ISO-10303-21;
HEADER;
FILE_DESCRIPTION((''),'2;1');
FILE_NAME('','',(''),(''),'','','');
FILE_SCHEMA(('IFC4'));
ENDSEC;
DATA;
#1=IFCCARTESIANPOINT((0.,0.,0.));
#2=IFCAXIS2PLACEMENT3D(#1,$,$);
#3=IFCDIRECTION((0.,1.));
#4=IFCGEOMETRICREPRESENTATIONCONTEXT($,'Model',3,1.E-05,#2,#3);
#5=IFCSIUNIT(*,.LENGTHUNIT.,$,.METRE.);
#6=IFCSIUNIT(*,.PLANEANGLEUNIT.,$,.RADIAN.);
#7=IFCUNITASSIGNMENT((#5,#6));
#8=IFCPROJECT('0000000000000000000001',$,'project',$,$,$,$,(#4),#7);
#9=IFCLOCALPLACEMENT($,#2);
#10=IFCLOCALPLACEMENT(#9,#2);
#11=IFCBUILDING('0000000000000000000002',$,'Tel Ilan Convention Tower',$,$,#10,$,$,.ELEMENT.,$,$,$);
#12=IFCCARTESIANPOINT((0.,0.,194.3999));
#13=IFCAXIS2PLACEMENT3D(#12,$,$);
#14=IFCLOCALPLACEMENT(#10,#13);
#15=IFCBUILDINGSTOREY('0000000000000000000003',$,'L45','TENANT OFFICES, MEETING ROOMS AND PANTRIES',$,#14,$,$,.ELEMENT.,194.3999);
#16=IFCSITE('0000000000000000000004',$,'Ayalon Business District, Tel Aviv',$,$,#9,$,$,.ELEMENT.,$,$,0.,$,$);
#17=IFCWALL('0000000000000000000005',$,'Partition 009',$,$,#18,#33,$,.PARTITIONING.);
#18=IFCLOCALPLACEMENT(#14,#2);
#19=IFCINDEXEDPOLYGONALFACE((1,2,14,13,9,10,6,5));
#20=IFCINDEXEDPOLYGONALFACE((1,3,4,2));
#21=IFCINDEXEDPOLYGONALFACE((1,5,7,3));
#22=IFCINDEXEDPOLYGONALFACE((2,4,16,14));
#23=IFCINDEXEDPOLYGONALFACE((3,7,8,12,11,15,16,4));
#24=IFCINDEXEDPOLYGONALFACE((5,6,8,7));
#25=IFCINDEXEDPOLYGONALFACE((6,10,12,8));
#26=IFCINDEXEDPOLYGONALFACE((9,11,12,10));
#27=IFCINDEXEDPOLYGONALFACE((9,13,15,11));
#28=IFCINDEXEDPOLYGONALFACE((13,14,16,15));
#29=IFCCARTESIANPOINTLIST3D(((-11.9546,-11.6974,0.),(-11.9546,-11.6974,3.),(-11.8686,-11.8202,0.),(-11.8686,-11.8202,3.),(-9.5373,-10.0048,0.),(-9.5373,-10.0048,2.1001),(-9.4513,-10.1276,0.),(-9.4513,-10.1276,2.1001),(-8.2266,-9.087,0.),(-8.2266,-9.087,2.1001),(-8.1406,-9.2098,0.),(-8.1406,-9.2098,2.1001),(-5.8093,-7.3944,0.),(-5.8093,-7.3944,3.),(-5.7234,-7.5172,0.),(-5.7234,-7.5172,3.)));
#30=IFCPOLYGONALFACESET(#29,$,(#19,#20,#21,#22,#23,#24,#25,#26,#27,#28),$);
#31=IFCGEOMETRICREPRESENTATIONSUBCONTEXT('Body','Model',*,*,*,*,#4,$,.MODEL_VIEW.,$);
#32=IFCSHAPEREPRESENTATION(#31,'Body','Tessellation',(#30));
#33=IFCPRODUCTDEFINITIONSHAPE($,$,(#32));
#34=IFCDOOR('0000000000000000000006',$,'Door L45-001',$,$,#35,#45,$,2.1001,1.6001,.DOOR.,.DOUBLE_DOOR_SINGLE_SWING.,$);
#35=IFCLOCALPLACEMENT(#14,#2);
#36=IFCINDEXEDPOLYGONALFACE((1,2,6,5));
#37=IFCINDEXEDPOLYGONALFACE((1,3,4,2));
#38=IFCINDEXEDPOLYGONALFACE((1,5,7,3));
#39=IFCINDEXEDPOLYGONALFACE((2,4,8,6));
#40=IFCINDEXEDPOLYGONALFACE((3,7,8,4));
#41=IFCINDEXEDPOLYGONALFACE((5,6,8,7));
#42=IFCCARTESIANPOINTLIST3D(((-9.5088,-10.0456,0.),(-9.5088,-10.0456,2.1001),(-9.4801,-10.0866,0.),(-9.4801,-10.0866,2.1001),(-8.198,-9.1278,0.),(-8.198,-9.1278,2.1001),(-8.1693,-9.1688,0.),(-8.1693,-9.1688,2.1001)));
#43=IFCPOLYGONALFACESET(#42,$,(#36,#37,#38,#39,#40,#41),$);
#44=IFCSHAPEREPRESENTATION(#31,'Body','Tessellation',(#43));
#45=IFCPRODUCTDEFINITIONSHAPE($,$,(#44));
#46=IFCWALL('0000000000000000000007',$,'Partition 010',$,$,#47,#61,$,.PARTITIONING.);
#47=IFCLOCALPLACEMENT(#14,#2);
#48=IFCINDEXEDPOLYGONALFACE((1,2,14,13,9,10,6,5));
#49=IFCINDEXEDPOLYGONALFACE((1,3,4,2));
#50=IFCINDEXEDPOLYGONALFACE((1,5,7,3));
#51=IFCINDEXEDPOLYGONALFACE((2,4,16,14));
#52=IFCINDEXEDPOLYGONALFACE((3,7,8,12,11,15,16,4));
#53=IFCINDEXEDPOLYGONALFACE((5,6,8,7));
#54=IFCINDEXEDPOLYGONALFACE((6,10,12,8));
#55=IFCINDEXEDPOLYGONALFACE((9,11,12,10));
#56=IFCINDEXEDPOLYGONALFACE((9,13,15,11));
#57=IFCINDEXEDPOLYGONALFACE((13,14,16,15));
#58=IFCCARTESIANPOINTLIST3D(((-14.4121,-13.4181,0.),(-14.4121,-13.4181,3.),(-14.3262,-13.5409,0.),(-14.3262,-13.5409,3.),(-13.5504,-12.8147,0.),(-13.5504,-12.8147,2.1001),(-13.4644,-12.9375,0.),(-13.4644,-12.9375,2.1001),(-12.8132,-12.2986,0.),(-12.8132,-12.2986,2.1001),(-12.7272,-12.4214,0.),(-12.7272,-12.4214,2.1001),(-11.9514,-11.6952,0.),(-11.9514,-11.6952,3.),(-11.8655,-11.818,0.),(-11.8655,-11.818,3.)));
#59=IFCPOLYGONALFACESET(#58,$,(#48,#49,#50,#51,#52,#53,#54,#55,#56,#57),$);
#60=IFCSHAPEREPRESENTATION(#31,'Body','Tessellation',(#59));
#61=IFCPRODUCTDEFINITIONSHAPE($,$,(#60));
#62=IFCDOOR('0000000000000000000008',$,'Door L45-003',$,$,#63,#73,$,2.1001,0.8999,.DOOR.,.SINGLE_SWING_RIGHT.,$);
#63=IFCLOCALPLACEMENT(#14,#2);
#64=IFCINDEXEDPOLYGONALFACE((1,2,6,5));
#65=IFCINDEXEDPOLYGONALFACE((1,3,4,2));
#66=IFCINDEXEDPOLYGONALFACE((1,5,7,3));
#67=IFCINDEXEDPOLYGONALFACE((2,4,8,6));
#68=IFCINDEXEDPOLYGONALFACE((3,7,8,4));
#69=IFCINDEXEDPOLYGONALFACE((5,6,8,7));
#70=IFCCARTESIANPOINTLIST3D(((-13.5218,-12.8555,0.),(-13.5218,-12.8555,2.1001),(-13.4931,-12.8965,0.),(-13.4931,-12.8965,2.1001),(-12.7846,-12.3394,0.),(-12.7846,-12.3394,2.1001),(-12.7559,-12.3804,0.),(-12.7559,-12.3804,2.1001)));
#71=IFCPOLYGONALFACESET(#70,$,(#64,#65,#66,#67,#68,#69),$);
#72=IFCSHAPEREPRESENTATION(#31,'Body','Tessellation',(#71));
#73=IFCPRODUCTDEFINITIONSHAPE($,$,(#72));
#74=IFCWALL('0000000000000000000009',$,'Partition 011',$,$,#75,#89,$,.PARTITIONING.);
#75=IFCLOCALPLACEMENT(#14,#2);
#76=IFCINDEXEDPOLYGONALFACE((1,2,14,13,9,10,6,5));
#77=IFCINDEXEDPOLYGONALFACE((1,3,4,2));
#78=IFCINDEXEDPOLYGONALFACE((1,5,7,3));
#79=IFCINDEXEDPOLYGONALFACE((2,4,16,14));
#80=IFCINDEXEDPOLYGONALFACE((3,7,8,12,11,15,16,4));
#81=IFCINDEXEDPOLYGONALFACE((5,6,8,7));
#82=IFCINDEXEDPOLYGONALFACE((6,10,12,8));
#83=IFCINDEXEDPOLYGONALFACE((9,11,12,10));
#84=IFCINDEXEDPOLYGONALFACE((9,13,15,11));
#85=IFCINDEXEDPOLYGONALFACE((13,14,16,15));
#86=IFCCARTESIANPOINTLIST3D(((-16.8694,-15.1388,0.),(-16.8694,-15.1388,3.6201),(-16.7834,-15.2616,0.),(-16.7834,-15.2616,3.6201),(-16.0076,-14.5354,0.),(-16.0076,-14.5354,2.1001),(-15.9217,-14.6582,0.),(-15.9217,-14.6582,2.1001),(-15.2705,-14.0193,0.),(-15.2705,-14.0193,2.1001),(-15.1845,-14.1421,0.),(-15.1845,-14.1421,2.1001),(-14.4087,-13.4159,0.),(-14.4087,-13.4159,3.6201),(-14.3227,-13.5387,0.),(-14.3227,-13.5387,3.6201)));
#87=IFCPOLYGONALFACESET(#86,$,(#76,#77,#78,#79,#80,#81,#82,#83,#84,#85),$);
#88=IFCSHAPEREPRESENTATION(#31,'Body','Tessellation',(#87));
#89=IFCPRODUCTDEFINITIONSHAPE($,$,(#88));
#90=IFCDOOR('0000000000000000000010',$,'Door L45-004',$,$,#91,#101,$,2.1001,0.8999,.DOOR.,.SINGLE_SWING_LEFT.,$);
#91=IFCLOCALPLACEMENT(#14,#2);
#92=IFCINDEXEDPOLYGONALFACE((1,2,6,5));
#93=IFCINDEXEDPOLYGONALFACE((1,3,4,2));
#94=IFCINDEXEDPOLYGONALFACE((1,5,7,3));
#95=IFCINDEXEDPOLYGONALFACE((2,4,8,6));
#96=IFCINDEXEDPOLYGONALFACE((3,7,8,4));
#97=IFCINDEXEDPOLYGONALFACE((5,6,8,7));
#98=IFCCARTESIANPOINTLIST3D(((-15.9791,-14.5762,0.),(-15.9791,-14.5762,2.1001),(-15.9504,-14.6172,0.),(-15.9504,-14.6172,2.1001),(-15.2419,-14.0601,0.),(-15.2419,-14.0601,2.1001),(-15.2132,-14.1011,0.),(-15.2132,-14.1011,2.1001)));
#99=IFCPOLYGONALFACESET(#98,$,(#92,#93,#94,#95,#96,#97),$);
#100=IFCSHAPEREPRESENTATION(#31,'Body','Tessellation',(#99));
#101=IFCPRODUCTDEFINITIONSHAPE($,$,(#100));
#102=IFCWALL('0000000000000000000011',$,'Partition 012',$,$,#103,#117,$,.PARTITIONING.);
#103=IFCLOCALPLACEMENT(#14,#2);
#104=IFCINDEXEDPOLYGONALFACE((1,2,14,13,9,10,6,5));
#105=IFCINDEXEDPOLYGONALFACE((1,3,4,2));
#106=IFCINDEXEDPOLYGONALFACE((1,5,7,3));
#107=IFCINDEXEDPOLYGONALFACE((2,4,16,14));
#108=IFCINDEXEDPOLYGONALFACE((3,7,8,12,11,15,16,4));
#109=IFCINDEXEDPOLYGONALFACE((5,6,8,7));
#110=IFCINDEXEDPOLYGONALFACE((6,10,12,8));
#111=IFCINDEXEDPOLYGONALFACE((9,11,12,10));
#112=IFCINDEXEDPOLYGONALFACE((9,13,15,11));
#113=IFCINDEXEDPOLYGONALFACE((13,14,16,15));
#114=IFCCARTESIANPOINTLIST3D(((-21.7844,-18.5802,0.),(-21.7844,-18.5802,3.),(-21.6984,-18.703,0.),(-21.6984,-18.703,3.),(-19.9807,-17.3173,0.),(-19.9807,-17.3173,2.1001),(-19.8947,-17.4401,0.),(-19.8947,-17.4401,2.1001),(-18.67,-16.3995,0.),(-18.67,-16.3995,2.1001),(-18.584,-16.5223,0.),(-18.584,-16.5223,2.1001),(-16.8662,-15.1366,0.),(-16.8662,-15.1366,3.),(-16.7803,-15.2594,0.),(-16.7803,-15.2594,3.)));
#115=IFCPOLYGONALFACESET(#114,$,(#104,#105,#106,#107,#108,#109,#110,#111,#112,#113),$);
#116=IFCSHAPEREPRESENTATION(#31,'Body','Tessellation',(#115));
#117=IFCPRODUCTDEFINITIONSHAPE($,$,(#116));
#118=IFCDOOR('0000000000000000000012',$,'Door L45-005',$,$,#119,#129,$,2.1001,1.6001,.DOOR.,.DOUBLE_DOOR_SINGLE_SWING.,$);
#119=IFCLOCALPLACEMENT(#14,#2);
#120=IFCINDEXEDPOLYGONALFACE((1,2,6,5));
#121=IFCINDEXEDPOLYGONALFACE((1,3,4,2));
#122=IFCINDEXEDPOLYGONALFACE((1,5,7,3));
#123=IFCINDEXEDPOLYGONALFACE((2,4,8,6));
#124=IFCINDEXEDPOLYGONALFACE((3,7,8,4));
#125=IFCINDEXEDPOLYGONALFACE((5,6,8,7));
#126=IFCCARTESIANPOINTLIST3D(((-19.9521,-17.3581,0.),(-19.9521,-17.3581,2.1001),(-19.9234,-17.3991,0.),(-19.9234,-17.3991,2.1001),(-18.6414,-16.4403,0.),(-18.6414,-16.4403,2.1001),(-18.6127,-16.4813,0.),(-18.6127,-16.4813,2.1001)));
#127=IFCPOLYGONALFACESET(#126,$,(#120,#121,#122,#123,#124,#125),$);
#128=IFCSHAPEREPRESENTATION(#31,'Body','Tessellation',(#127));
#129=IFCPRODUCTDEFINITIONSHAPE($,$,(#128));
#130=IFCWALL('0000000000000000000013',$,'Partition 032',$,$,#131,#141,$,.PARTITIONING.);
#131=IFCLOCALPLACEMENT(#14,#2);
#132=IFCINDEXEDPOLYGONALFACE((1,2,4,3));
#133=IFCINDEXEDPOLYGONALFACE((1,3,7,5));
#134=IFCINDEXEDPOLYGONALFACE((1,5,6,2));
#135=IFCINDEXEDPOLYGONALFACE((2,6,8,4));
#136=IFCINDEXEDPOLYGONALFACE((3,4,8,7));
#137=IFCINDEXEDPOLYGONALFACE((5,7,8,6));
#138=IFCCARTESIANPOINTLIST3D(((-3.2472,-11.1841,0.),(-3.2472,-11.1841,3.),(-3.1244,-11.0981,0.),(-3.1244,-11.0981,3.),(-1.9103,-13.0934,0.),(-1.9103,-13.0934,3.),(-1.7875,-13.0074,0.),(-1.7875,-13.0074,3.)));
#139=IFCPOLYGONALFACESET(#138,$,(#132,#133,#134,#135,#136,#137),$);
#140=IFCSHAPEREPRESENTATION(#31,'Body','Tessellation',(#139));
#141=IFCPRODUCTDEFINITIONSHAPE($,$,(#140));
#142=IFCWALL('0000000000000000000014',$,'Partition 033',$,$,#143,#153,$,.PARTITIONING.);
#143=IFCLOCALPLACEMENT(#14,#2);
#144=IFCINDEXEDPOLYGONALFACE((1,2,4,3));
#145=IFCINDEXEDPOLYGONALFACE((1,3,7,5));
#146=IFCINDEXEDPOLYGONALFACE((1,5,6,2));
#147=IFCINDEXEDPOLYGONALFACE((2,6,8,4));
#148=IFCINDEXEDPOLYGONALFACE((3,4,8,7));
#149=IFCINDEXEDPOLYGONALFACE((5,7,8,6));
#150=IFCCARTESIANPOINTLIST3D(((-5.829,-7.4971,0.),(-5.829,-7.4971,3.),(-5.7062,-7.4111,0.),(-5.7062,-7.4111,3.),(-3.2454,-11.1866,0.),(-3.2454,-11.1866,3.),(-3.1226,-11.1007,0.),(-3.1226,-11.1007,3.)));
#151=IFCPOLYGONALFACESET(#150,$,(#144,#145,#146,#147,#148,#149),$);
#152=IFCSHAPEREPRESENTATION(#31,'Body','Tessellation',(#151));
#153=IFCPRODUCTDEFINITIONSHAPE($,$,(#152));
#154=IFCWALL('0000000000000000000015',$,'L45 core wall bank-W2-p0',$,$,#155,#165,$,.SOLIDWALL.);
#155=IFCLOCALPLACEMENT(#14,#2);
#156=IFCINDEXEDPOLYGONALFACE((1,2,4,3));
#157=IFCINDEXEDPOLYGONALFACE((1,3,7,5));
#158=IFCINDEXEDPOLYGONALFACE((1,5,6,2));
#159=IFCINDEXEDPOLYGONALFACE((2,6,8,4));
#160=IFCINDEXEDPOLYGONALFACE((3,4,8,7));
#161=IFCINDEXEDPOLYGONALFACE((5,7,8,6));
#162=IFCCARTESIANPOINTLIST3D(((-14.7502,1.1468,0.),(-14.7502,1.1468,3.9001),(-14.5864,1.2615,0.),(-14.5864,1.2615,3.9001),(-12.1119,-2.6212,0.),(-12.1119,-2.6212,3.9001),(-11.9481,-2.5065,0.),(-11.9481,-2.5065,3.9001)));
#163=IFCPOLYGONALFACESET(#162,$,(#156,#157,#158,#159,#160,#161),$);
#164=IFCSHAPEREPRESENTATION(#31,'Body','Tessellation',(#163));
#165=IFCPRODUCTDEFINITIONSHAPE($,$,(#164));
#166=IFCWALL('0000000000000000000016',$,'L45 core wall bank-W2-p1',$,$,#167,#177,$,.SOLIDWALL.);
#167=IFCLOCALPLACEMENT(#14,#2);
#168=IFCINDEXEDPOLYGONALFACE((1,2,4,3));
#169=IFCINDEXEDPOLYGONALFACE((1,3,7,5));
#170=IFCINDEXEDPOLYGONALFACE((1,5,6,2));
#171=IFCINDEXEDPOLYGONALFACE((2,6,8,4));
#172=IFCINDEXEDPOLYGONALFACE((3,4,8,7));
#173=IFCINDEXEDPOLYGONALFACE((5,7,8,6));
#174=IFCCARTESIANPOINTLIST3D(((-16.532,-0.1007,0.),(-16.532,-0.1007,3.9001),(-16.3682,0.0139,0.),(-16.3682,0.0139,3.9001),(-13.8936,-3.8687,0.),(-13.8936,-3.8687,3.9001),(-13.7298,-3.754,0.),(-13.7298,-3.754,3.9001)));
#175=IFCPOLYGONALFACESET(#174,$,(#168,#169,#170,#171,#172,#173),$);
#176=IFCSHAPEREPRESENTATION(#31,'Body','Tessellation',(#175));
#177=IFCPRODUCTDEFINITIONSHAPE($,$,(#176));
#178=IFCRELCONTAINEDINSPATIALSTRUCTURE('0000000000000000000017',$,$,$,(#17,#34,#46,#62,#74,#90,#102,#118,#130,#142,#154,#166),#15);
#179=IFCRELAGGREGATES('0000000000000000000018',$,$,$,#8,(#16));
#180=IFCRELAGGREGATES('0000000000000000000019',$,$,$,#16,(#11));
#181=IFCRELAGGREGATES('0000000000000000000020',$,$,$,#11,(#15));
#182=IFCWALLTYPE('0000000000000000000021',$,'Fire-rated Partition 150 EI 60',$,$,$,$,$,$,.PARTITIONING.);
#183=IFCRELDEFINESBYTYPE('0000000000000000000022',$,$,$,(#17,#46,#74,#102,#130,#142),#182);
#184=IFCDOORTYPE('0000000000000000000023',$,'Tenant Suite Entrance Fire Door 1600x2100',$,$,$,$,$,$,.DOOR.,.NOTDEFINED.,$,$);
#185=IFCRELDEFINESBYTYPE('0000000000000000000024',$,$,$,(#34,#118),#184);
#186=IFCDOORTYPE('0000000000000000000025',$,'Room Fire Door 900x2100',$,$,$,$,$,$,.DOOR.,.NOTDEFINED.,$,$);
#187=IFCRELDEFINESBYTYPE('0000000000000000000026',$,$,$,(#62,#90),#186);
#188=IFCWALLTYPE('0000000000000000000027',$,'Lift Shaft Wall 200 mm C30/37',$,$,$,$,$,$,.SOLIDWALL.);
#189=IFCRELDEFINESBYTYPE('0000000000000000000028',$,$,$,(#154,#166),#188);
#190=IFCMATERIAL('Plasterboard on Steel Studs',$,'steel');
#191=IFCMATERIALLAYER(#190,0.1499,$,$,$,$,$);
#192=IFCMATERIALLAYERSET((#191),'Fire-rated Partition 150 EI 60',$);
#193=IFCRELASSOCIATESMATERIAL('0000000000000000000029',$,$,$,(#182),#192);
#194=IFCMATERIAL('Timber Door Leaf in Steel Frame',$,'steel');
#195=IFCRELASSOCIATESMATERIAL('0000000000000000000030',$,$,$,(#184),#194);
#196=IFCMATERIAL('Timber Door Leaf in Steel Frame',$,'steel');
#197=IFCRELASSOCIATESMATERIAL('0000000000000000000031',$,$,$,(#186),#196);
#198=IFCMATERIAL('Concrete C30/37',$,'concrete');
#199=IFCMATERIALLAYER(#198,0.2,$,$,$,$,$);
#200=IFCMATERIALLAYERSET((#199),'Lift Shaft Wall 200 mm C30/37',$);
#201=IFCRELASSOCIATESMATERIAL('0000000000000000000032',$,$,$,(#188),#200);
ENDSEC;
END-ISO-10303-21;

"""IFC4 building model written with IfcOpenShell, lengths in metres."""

from ifc_helpers import new_model, si_unit, direction, frame, frame_2d, origin, place, context, subcontext, project, spatial, rectangle, extrude, material, layer, layer_set, type_object, element, fill, save


model = new_model("IFC4")

# Units and contexts
model_context = context("Model", 3, precision=1e-05, world=origin(), true_north=direction((0.0, 1.0)))
body_context = subcontext(model_context, "Body", "Model", "MODEL_VIEW")
ifc_project = project(units=[si_unit("LENGTHUNIT", "METRE"), si_unit("PLANEANGLEUNIT", "RADIAN")], contexts=[model_context])

# Site, building, storey
site_placement = place(None, origin())
site = spatial("IfcSite", under=ifc_project, at=site_placement, Name="Ayalon Business District, Tel Aviv", CompositionType="ELEMENT", RefElevation=0.0)
building_placement = place(site_placement, origin())
building = spatial("IfcBuilding", under=site, at=building_placement, Name="Tel Ilan Convention Tower", CompositionType="ELEMENT")
storey_placement = place(building_placement, frame((0.0, 0.0, 194.3999)))
storey = spatial("IfcBuildingStorey", under=building, at=storey_placement, Name="L45", Description="TENANT OFFICES, MEETING ROOMS AND PANTRIES", CompositionType="ELEMENT", Elevation=194.3999)

# Walls, openings, doors
ifc_material_1 = material(Name="Plasterboard on Steel Studs", Category="steel")
ifc_layer_1 = layer(ifc_material_1, 0.1499)
ifc_layer_set_1 = layer_set([ifc_layer_1], Name="Fire-rated Partition 150 EI 60")
wall_type_1 = type_object("IfcWallType", Name="Fire-rated Partition 150 EI 60", PredefinedType="PARTITIONING", material=ifc_layer_set_1)
wall_1_placement = place(storey_placement, frame((-5.7664, -7.4558, 0.0), z_axis=(0.0, 0.0, 1.0), x_axis=(-0.819151, -0.573578, 0.0)))
wall_1 = element("IfcWall", 1, at=wall_1_placement, inside=storey, type_object=wall_type_1, Name="Partition 009", PredefinedType="PARTITIONING", context=body_context, shape_type="SweptSolid", body=[
    extrude(rectangle(XDim=7.502, YDim=0.1499, at=frame_2d((3.751, 0.0))), origin(), (0.0, 0.0, 1.0), 3.0),
])
opening_1_placement = place(wall_1_placement, frame((2.9509, 0.0, 0.0)))
opening_1 = element("IfcOpeningElement", 2, at=opening_1_placement, cuts=wall_1, PredefinedType="OPENING", context=body_context, shape_type="SweptSolid", body=[
    extrude(rectangle(XDim=1.6001, YDim=2.1001, at=frame_2d((0.8, 1.05))), frame((0.0, 0.085, 0.0), z_axis=(0.0, -1.0, 0.0), x_axis=(1.0, 0.0, 0.0)), (0.0, 0.0, 1.0), 0.1699),
])
ifc_material_2 = material(Name="Timber Door Leaf in Steel Frame", Category="steel")
door_type_1 = type_object("IfcDoorType", Name="Tenant Suite Entrance Fire Door 1600x2100", OperationType="NOTDEFINED", PredefinedType="DOOR", material=ifc_material_2)
door_1_placement = place(opening_1_placement, origin())
door_1 = element("IfcDoor", 3, at=door_1_placement, inside=storey, type_object=door_type_1, Name="Door L45-001", OperationType="DOUBLE_DOOR_SINGLE_SWING", OverallHeight=2.1001, OverallWidth=1.6001, PredefinedType="DOOR", context=body_context, shape_type="SweptSolid", body=[
    extrude(rectangle(XDim=1.6001, YDim=2.1001, at=frame_2d((0.8, 1.05))), frame((0.0, 0.0249, 0.0), z_axis=(0.0, -1.0, 0.0), x_axis=(1.0, 0.0, 0.0)), (0.0, 0.0, 1.0), 0.05),
])
fill(opening_1, door_1)
wall_2_placement = place(storey_placement, frame((-11.9084, -11.7566, 0.0), z_axis=(0.0, 0.0, 1.0), x_axis=(-0.819167, -0.573555, 0.0)))
wall_2 = element("IfcWall", 4, at=wall_2_placement, inside=storey, type_object=wall_type_1, Name="Partition 010", PredefinedType="PARTITIONING", context=body_context, shape_type="SweptSolid", body=[
    extrude(rectangle(XDim=3.0039, YDim=0.1499, at=frame_2d((1.502, 0.0))), origin(), (0.0, 0.0, 1.0), 3.0),
])
opening_2_placement = place(wall_2_placement, frame((1.052, 0.0, 0.0)))
opening_2 = element("IfcOpeningElement", 5, at=opening_2_placement, cuts=wall_2, PredefinedType="OPENING", context=body_context, shape_type="SweptSolid", body=[
    extrude(rectangle(XDim=0.8999, YDim=2.1001, at=frame_2d((0.45, 1.05))), frame((0.0, 0.085, 0.0), z_axis=(0.0, -1.0, 0.0), x_axis=(1.0, 0.0, 0.0)), (0.0, 0.0, 1.0), 0.1699),
])
ifc_material_3 = material(Name="Timber Door Leaf in Steel Frame", Category="steel")
door_type_2 = type_object("IfcDoorType", Name="Room Fire Door 900x2100", OperationType="NOTDEFINED", PredefinedType="DOOR", material=ifc_material_3)
door_2_placement = place(opening_2_placement, origin())
door_2 = element("IfcDoor", 6, at=door_2_placement, inside=storey, type_object=door_type_2, Name="Door L45-003", OperationType="SINGLE_SWING_RIGHT", OverallHeight=2.1001, OverallWidth=0.8999, PredefinedType="DOOR", context=body_context, shape_type="SweptSolid", body=[
    extrude(rectangle(XDim=0.8999, YDim=2.1001, at=frame_2d((0.45, 1.05))), frame((0.0, 0.0249, 0.0), z_axis=(0.0, -1.0, 0.0), x_axis=(1.0, 0.0, 0.0)), (0.0, 0.0, 1.0), 0.05),
])
fill(opening_2, door_2)
wall_3_placement = place(storey_placement, frame((-14.3657, -13.4773, 0.0), z_axis=(0.0, 0.0, 1.0), x_axis=(-0.819167, -0.573555, 0.0)))
wall_3 = element("IfcWall", 7, at=wall_3_placement, inside=storey, type_object=wall_type_1, Name="Partition 011", PredefinedType="PARTITIONING", context=body_context, shape_type="SweptSolid", body=[
    extrude(rectangle(XDim=3.0039, YDim=0.1499, at=frame_2d((1.502, 0.0))), origin(), (0.0, 0.0, 1.0), 3.6201),
])
opening_3_placement = place(wall_3_placement, frame((1.052, 0.0, 0.0)))
opening_3 = element("IfcOpeningElement", 8, at=opening_3_placement, cuts=wall_3, PredefinedType="OPENING", context=body_context, shape_type="SweptSolid", body=[
    extrude(rectangle(XDim=0.8999, YDim=2.1001, at=frame_2d((0.45, 1.05))), frame((0.0, 0.085, 0.0), z_axis=(0.0, -1.0, 0.0), x_axis=(1.0, 0.0, 0.0)), (0.0, 0.0, 1.0), 0.1699),
])
door_3_placement = place(opening_3_placement, origin())
door_3 = element("IfcDoor", 9, at=door_3_placement, inside=storey, type_object=door_type_2, Name="Door L45-004", OperationType="SINGLE_SWING_LEFT", OverallHeight=2.1001, OverallWidth=0.8999, PredefinedType="DOOR", context=body_context, shape_type="SweptSolid", body=[
    extrude(rectangle(XDim=0.8999, YDim=2.1001, at=frame_2d((0.45, 1.05))), frame((0.0, 0.0249, 0.0), z_axis=(0.0, -1.0, 0.0), x_axis=(1.0, 0.0, 0.0)), (0.0, 0.0, 1.0), 0.05),
])
fill(opening_3, door_3)
wall_4_placement = place(storey_placement, frame((-16.8232, -15.198, 0.0), z_axis=(0.0, 0.0, 1.0), x_axis=(-0.819165, -0.573558, 0.0)))
wall_4 = element("IfcWall", 10, at=wall_4_placement, inside=storey, type_object=wall_type_1, Name="Partition 012", PredefinedType="PARTITIONING", context=body_context, shape_type="SweptSolid", body=[
    extrude(rectangle(XDim=6.0039, YDim=0.1499, at=frame_2d((3.002, 0.0))), origin(), (0.0, 0.0, 1.0), 3.0),
])
opening_4_placement = place(wall_4_placement, frame((2.2019, 0.0, 0.0)))
opening_4 = element("IfcOpeningElement", 11, at=opening_4_placement, cuts=wall_4, PredefinedType="OPENING", context=body_context, shape_type="SweptSolid", body=[
    extrude(rectangle(XDim=1.6001, YDim=2.1001, at=frame_2d((0.8, 1.05))), frame((0.0, 0.085, 0.0), z_axis=(0.0, -1.0, 0.0), x_axis=(1.0, 0.0, 0.0)), (0.0, 0.0, 1.0), 0.1699),
])
door_4_placement = place(opening_4_placement, origin())
door_4 = element("IfcDoor", 12, at=door_4_placement, inside=storey, type_object=door_type_1, Name="Door L45-005", OperationType="DOUBLE_DOOR_SINGLE_SWING", OverallHeight=2.1001, OverallWidth=1.6001, PredefinedType="DOOR", context=body_context, shape_type="SweptSolid", body=[
    extrude(rectangle(XDim=1.6001, YDim=2.1001, at=frame_2d((0.8, 1.05))), frame((0.0, 0.0249, 0.0), z_axis=(0.0, -1.0, 0.0), x_axis=(1.0, 0.0, 0.0)), (0.0, 0.0, 1.0), 0.05),
])
fill(opening_4, door_4)

# Walls
wall_5_placement = place(storey_placement, frame((-1.8489, -13.0505, 0.0), z_axis=(0.0, 0.0, 1.0), x_axis=(-0.573554, 0.819168, 0.0)))
element("IfcWall", 13, at=wall_5_placement, inside=storey, type_object=wall_type_1, Name="Partition 032", PredefinedType="PARTITIONING", context=body_context, shape_type="SweptSolid", body=[
    extrude(rectangle(XDim=2.3308, YDim=0.1499, at=frame_2d((1.1655, 0.0))), origin(), (0.0, 0.0, 1.0), 3.0),
])
wall_6_placement = place(storey_placement, frame((-3.1841, -11.1436, 0.0), z_axis=(0.0, 0.0, 1.0), x_axis=(-0.573593, 0.81914, 0.0)))
element("IfcWall", 14, at=wall_6_placement, inside=storey, type_object=wall_type_1, Name="Partition 033", PredefinedType="PARTITIONING", context=body_context, shape_type="SweptSolid", body=[
    extrude(rectangle(XDim=4.5042, YDim=0.1499, at=frame_2d((2.252, 0.0))), origin(), (0.0, 0.0, 1.0), 3.0),
])
ifc_material_4 = material(Name="Concrete C30/37", Category="concrete")
ifc_layer_2 = layer(ifc_material_4, 0.2)
ifc_layer_set_2 = layer_set([ifc_layer_2], Name="Lift Shaft Wall 200 mm C30/37")
wall_type_2 = type_object("IfcWallType", Name="Lift Shaft Wall 200 mm C30/37", PredefinedType="SOLIDWALL", material=ifc_layer_set_2)
for number, where, z_axis, x_axis, name in (
    (15, (-12.03, -2.5637, 0.0), (0.0, 0.0, 1.0), (-0.573576, 0.819152, 0.0), "L45 core wall bank-W2-p0"),
    (16, (-13.8118, -3.8113, 0.0), (0.0, 0.0, 1.0), (-0.573576, 0.819152, 0.0), "L45 core wall bank-W2-p1"),
):
    element("IfcWall", number, at=place(storey_placement, frame(where, z_axis=z_axis, x_axis=x_axis)), inside=storey, type_object=wall_type_2, Name=name, PredefinedType="SOLIDWALL", context=body_context, shape_type="SweptSolid", body=[
        extrude(rectangle(XDim=4.5999, YDim=0.2, at=frame_2d((2.2998, 0.0))), origin(), (0.0, 0.0, 1.0), 3.9001),
    ])

save(model, "model.ifc")
